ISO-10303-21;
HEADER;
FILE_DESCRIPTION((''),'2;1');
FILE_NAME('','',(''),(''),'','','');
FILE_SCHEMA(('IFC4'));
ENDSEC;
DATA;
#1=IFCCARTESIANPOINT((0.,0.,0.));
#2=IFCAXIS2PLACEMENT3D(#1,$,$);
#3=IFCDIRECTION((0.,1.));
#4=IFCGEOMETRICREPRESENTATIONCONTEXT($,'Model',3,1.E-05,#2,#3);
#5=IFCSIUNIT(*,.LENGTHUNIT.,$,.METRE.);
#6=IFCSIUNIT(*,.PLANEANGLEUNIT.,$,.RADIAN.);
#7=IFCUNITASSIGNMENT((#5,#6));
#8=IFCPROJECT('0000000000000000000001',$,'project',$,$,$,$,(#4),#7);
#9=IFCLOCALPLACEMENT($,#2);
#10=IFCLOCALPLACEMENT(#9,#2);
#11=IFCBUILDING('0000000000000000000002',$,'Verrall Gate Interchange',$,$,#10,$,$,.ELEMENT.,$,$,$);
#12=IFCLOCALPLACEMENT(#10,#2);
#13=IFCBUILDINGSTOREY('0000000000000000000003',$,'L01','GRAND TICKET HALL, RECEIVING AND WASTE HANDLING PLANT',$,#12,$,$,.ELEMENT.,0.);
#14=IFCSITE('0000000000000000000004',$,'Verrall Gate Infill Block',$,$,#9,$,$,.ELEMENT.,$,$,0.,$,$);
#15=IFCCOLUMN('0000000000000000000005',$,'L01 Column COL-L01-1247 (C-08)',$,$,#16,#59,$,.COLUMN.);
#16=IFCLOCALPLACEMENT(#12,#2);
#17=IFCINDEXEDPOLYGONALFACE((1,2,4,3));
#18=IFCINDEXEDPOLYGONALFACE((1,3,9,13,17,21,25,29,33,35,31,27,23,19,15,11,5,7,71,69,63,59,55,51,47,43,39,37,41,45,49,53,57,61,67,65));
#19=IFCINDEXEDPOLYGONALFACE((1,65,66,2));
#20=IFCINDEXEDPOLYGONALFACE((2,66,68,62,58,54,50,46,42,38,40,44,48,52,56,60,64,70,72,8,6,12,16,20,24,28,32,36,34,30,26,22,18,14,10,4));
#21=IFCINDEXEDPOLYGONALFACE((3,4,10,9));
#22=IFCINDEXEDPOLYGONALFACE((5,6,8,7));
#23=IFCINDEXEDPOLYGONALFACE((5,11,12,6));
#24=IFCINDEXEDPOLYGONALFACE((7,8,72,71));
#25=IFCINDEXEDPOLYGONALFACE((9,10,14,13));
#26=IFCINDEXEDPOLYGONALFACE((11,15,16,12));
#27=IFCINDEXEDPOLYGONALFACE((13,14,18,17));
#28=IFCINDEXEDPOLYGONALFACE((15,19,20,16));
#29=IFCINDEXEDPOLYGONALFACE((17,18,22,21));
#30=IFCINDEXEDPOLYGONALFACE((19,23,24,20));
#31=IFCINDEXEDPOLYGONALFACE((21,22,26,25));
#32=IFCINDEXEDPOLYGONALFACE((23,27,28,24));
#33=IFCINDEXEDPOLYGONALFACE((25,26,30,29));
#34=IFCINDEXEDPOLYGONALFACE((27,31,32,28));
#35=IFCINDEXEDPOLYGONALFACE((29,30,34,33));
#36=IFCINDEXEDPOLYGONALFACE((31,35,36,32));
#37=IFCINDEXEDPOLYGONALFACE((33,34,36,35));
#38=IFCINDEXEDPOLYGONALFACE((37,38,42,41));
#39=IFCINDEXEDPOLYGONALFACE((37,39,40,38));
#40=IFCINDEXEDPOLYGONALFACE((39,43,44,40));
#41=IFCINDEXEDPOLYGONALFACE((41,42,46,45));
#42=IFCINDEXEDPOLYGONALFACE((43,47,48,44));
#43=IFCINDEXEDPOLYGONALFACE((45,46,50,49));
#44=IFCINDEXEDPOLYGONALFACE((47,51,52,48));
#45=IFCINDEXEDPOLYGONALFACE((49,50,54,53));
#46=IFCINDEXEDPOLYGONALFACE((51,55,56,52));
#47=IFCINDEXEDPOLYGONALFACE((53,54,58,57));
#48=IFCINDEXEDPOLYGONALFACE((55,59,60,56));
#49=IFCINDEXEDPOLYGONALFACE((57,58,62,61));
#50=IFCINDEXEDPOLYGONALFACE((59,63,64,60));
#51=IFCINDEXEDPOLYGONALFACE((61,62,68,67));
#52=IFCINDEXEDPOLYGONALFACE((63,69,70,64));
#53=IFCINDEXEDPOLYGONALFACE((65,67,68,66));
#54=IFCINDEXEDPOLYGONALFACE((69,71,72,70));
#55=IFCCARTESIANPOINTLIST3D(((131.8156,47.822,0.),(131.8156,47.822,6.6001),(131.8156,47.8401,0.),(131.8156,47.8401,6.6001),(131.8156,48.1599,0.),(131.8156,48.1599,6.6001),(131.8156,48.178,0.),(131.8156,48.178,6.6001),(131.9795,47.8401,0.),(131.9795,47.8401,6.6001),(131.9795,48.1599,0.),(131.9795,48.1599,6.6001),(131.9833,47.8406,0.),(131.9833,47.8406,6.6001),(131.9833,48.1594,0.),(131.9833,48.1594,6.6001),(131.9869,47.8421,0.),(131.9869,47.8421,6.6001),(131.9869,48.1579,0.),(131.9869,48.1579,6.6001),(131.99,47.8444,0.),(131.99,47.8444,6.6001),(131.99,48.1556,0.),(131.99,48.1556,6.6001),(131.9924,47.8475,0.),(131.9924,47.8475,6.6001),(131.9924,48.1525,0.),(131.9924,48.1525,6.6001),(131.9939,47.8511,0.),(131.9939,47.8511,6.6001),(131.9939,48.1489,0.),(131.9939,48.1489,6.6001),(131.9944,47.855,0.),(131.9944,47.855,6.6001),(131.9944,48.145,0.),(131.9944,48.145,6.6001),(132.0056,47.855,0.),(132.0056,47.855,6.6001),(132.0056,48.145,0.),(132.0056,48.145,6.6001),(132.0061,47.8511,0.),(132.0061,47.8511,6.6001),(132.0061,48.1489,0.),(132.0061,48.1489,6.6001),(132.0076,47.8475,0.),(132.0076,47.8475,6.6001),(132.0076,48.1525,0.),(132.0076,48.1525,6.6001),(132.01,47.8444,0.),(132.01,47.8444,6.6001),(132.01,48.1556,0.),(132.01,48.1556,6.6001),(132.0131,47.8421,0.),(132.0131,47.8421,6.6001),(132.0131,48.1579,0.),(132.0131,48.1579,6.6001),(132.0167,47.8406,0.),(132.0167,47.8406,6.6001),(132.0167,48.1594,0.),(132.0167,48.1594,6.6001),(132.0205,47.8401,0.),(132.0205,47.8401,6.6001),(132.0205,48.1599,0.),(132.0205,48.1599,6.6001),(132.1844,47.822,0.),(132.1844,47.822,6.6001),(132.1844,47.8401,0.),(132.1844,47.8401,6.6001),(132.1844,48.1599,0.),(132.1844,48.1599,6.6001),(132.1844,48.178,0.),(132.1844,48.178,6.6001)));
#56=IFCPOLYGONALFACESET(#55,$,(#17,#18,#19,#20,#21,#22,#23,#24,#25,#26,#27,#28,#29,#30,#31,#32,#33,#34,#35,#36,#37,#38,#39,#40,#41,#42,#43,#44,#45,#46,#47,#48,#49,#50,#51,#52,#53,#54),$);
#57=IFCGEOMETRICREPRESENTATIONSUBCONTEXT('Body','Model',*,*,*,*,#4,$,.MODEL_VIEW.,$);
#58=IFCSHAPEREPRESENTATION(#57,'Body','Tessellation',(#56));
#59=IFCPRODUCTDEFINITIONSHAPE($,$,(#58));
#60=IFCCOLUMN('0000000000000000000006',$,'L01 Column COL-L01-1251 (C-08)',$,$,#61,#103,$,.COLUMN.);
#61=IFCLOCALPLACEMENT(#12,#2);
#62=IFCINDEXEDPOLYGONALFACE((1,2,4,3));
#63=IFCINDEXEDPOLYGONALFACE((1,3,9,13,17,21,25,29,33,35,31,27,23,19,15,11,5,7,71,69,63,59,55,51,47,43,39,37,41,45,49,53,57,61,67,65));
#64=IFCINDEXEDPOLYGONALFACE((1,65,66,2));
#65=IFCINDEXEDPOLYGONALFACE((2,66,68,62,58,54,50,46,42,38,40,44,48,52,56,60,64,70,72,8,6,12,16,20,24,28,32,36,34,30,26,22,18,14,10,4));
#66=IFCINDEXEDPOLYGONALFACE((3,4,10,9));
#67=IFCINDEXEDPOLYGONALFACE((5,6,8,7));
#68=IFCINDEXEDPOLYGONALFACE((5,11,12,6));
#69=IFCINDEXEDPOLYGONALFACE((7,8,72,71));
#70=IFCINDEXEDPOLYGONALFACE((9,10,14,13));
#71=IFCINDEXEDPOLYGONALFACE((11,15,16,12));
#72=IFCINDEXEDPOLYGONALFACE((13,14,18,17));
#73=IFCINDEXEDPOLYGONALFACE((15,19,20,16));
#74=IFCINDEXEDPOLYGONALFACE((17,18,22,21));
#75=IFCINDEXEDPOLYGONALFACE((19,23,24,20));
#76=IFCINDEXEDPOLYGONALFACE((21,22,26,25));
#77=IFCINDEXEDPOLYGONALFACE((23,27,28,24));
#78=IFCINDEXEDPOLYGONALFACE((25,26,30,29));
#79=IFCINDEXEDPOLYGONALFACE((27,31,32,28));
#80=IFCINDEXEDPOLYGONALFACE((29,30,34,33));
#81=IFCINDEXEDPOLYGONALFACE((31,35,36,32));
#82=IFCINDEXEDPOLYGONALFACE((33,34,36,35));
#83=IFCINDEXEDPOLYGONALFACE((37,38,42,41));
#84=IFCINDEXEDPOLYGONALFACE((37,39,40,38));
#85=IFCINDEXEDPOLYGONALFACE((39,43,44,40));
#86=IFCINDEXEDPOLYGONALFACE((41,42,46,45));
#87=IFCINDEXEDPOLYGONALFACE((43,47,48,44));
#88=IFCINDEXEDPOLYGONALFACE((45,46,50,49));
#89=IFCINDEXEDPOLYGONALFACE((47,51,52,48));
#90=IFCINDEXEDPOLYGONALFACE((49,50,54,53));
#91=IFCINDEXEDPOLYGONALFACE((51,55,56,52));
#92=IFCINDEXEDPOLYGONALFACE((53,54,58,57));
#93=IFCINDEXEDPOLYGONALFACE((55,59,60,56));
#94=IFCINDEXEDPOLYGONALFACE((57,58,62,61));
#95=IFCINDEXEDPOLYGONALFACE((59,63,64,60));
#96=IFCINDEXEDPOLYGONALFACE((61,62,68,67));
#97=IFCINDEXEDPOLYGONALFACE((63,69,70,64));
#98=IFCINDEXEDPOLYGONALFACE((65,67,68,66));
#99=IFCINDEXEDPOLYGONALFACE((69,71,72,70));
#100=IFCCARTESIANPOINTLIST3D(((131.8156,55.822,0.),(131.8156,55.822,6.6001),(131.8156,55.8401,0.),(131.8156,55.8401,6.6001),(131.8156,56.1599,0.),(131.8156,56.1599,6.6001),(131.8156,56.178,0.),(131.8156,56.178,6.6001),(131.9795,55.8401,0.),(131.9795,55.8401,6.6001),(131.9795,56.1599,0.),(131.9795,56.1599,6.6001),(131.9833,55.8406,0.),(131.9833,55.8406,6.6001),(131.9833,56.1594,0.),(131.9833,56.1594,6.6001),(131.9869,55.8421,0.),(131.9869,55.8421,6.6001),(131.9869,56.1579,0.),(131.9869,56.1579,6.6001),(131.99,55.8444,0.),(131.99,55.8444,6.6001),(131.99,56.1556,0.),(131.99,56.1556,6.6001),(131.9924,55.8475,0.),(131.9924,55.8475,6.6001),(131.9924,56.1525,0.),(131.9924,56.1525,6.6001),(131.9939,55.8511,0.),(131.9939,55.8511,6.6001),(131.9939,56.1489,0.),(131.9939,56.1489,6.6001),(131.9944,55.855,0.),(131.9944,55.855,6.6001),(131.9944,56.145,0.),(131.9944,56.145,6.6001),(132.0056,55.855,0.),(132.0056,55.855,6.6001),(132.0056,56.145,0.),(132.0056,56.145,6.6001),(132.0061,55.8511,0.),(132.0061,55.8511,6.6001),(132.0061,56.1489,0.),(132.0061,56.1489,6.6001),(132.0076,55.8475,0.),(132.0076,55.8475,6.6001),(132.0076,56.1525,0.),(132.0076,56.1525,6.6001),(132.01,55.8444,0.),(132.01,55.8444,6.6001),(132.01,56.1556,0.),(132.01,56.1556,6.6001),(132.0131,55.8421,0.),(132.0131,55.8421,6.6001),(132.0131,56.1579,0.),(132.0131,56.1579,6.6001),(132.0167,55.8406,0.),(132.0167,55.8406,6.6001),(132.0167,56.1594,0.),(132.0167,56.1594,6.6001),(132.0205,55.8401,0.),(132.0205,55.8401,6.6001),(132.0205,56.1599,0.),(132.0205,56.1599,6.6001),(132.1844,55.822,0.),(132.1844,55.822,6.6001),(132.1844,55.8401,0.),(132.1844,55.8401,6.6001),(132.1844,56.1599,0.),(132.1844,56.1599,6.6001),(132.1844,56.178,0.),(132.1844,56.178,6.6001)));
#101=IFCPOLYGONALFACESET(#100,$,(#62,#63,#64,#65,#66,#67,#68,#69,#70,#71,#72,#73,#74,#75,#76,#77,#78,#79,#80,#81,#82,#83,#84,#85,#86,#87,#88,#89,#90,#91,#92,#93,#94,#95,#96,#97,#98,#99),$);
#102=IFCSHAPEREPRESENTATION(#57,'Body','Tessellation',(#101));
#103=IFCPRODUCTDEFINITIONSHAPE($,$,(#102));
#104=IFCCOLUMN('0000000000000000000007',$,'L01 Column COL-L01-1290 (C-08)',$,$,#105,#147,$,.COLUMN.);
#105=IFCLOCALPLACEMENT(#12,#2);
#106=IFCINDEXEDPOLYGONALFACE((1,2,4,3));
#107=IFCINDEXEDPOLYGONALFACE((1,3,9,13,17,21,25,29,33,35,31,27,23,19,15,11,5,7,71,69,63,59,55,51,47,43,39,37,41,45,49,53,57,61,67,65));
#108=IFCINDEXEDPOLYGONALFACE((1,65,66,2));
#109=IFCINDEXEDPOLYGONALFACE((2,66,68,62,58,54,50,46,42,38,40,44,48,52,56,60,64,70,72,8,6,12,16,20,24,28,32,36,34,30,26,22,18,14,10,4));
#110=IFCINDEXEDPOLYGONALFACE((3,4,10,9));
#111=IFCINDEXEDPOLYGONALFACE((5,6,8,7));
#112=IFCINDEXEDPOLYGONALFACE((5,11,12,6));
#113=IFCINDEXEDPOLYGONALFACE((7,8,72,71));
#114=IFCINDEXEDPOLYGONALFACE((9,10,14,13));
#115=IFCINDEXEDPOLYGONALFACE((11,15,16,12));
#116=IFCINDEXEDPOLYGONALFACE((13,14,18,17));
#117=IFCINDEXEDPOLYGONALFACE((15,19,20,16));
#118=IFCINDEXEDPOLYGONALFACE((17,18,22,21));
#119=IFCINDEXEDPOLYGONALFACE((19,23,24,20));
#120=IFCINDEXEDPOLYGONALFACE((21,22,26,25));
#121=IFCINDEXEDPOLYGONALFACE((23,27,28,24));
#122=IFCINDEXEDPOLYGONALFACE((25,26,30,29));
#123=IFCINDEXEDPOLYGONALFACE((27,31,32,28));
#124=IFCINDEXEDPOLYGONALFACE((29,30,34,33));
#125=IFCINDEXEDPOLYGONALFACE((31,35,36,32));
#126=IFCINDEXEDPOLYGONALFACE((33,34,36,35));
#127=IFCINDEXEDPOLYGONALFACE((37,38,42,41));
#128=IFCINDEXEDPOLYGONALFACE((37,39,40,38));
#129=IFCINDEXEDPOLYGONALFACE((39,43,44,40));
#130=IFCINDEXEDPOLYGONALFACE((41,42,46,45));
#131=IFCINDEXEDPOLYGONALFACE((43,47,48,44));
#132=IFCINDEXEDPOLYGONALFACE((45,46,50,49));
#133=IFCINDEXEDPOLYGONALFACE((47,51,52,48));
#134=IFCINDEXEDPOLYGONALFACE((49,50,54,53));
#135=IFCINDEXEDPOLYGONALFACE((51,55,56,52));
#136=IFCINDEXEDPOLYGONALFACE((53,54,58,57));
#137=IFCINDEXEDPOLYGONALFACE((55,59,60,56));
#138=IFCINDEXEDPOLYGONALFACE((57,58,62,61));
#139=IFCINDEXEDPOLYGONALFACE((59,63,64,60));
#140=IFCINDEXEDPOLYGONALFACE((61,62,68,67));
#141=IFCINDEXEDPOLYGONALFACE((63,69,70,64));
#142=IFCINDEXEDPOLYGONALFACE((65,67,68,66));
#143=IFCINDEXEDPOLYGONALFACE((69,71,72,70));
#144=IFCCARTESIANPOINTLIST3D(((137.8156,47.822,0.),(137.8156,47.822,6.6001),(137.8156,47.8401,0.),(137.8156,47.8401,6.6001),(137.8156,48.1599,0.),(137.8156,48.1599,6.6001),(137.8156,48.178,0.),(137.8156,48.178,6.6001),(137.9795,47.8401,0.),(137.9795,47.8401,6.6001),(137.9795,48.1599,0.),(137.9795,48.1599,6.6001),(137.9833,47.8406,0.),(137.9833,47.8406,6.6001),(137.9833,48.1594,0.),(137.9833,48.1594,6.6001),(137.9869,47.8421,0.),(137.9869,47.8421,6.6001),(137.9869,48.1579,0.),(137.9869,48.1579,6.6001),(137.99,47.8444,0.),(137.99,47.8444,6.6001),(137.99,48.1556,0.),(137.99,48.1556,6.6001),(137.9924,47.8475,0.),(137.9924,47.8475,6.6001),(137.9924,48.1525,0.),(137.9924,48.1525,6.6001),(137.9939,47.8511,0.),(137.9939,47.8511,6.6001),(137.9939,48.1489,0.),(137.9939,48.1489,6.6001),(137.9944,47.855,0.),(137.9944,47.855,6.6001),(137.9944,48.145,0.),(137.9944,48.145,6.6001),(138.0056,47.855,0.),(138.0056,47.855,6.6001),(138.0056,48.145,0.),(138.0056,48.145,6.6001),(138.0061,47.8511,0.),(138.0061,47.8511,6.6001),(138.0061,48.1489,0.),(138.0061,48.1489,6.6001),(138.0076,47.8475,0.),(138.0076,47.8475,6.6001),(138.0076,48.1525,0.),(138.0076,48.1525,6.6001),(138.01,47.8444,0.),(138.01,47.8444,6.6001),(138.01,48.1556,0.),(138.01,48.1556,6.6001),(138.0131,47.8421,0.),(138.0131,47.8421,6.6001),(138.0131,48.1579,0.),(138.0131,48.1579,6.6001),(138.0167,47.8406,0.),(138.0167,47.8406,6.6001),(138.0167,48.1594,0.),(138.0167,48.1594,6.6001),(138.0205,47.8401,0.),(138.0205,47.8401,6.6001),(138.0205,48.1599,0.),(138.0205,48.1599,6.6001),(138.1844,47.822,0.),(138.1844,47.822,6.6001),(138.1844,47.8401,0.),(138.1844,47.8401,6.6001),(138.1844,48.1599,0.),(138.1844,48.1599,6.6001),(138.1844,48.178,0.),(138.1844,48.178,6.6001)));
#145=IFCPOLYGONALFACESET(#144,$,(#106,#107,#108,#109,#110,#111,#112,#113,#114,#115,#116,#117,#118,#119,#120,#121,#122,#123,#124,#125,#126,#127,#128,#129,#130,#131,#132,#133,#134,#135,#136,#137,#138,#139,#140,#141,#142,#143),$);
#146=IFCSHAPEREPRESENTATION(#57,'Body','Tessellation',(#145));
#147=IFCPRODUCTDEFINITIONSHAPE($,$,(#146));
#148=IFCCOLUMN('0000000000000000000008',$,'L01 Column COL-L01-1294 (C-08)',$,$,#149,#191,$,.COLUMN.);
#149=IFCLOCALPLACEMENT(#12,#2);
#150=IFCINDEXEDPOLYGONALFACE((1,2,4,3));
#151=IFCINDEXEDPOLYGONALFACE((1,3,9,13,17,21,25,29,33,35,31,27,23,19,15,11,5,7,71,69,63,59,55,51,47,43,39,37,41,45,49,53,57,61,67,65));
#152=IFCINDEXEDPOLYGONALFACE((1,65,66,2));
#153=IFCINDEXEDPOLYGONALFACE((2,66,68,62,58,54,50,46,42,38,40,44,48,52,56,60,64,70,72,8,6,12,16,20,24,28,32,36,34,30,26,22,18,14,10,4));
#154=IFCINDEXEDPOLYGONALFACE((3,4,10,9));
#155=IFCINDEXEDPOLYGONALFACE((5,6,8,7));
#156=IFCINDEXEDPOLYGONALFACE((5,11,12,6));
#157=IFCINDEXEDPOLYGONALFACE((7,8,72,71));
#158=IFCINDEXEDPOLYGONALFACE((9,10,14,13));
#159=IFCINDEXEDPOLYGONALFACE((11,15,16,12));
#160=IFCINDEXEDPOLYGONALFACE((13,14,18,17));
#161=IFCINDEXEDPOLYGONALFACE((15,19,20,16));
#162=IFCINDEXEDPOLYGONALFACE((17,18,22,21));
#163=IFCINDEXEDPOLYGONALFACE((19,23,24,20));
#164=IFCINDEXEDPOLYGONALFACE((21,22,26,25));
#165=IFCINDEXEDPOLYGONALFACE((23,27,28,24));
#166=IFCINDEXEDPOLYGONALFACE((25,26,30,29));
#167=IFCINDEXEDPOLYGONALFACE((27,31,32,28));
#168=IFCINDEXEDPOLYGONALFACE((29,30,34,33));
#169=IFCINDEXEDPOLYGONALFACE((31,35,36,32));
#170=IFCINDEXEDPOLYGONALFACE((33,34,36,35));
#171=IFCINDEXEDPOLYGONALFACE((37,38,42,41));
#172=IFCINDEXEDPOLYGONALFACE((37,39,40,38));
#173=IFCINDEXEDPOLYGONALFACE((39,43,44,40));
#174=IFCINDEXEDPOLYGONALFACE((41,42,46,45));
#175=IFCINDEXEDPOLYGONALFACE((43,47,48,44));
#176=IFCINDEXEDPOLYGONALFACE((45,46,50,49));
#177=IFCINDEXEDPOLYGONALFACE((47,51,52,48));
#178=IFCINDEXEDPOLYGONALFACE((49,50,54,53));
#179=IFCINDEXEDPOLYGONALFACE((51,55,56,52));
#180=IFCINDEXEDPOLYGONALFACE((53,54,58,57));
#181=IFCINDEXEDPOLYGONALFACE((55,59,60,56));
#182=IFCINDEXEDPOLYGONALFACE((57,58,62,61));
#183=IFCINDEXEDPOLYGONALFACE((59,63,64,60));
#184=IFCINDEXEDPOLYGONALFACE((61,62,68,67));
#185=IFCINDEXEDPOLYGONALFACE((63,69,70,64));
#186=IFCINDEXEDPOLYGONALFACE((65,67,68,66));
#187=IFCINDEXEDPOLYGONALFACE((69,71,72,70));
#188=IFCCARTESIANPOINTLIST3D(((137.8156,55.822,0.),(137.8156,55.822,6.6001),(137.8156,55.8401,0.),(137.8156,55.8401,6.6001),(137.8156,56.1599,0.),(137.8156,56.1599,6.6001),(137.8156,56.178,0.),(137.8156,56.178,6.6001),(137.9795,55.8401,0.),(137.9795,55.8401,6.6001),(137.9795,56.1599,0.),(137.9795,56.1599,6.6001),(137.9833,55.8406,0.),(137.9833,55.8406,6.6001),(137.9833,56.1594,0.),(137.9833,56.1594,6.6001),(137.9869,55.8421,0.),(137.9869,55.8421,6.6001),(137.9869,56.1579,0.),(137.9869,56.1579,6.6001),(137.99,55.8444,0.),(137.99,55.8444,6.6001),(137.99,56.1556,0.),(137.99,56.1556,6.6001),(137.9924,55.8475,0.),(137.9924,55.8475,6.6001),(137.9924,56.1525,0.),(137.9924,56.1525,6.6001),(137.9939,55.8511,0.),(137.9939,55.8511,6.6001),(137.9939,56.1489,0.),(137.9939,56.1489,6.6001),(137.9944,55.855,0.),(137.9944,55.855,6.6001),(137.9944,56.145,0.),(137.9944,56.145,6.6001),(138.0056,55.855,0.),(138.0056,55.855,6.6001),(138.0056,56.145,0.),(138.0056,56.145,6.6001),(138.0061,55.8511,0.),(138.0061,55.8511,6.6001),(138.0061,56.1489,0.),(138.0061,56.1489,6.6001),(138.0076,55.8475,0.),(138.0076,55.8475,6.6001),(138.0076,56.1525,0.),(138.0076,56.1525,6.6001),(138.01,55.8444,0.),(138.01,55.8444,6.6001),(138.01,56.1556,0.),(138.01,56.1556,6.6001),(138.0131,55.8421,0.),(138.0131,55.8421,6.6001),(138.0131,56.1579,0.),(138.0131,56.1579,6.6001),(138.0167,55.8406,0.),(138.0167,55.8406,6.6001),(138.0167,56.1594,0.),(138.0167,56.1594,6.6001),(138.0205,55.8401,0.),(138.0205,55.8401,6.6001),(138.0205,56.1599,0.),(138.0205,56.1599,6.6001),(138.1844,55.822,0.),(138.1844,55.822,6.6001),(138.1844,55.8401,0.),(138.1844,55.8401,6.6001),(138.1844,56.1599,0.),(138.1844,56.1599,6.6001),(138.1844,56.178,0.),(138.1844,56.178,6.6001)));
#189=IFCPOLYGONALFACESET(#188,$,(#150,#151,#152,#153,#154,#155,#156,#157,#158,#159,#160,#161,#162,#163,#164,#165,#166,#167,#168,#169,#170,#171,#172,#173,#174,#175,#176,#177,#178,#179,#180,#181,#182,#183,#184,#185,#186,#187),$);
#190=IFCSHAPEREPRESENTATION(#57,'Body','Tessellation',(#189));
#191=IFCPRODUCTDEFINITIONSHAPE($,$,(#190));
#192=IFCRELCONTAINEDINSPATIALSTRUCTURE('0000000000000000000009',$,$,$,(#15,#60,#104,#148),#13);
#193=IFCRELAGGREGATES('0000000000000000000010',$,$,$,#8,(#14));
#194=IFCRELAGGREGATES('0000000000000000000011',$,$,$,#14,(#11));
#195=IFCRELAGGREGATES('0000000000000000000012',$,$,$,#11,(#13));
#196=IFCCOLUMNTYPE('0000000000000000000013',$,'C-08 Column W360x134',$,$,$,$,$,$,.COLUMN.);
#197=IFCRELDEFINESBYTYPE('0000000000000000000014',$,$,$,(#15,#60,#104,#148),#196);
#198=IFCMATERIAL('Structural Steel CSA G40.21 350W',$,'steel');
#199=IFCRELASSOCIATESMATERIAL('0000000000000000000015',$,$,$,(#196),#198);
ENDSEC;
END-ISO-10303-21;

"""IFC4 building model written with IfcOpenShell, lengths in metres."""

from ifc_helpers import new_model, si_unit, direction, frame, origin, origin_2d, place, context, subcontext, project, spatial, i_section, extrude, material, material_profile, profile_set, type_object, element, save


model = new_model("IFC4")

# Units and contexts
model_context = context("Model", 3, precision=1e-05, world=origin(), true_north=direction((0.0, 1.0)))
body_context = subcontext(model_context, "Body", "Model", "MODEL_VIEW")
ifc_project = project(units=[si_unit("LENGTHUNIT", "METRE"), si_unit("PLANEANGLEUNIT", "RADIAN")], contexts=[model_context])

# Site, building, storey
site_placement = place(None, origin())
site = spatial("IfcSite", under=ifc_project, at=site_placement, Name="Verrall Gate Infill Block", CompositionType="ELEMENT", RefElevation=0.0)
building_placement = place(site_placement, origin())
building = spatial("IfcBuilding", under=site, at=building_placement, Name="Verrall Gate Interchange", CompositionType="ELEMENT")
storey_placement = place(building_placement, origin())
storey = spatial("IfcBuildingStorey", under=building, at=storey_placement, Name="L01", Description="GRAND TICKET HALL, RECEIVING AND WASTE HANDLING PLANT", CompositionType="ELEMENT", Elevation=0.0)

# Columns
ifc_material_1 = material(Name="Structural Steel CSA G40.21 350W", Category="steel")
ifc_material_profile_1 = material_profile(ifc_material_1, i_section(OverallWidth=0.3689, OverallDepth=0.356, WebThickness=0.0112, FlangeThickness=0.0181, FilletRadius=0.0149, at=origin_2d()), Name="W360x134")
ifc_profile_set_1 = profile_set([ifc_material_profile_1], Name="Structural Steel CSA G40.21 350W")
column_type = type_object("IfcColumnType", Name="C-08 Column W360x134", PredefinedType="COLUMN", material=ifc_profile_set_1)
for number, where, z_axis, x_axis, name in (
    (1, (132.0, 48.0, 0.0), (0.0, 0.0, 1.0), (1.0, 0.0, 0.0), "L01 Column COL-L01-1247 (C-08)"),
    (2, (132.0, 56.0, 0.0), (0.0, 0.0, 1.0), (1.0, 0.0, 0.0), "L01 Column COL-L01-1251 (C-08)"),
    (3, (138.0, 48.0, 0.0), (0.0, 0.0, 1.0), (1.0, 0.0, 0.0), "L01 Column COL-L01-1290 (C-08)"),
    (4, (138.0, 56.0, 0.0), (0.0, 0.0, 1.0), (1.0, 0.0, 0.0), "L01 Column COL-L01-1294 (C-08)"),
):
    element("IfcColumn", number, at=place(storey_placement, frame(where, z_axis=z_axis, x_axis=x_axis)), inside=storey, type_object=column_type, Name=name, PredefinedType="COLUMN", context=body_context, shape_type="SweptSolid", body=[
        extrude(i_section(OverallWidth=0.3689, OverallDepth=0.356, WebThickness=0.0112, FlangeThickness=0.0181, FilletRadius=0.0149, at=origin_2d()), origin(), (0.0, 0.0, 1.0), 6.6001),
    ])

save(model, "model.ifc")
